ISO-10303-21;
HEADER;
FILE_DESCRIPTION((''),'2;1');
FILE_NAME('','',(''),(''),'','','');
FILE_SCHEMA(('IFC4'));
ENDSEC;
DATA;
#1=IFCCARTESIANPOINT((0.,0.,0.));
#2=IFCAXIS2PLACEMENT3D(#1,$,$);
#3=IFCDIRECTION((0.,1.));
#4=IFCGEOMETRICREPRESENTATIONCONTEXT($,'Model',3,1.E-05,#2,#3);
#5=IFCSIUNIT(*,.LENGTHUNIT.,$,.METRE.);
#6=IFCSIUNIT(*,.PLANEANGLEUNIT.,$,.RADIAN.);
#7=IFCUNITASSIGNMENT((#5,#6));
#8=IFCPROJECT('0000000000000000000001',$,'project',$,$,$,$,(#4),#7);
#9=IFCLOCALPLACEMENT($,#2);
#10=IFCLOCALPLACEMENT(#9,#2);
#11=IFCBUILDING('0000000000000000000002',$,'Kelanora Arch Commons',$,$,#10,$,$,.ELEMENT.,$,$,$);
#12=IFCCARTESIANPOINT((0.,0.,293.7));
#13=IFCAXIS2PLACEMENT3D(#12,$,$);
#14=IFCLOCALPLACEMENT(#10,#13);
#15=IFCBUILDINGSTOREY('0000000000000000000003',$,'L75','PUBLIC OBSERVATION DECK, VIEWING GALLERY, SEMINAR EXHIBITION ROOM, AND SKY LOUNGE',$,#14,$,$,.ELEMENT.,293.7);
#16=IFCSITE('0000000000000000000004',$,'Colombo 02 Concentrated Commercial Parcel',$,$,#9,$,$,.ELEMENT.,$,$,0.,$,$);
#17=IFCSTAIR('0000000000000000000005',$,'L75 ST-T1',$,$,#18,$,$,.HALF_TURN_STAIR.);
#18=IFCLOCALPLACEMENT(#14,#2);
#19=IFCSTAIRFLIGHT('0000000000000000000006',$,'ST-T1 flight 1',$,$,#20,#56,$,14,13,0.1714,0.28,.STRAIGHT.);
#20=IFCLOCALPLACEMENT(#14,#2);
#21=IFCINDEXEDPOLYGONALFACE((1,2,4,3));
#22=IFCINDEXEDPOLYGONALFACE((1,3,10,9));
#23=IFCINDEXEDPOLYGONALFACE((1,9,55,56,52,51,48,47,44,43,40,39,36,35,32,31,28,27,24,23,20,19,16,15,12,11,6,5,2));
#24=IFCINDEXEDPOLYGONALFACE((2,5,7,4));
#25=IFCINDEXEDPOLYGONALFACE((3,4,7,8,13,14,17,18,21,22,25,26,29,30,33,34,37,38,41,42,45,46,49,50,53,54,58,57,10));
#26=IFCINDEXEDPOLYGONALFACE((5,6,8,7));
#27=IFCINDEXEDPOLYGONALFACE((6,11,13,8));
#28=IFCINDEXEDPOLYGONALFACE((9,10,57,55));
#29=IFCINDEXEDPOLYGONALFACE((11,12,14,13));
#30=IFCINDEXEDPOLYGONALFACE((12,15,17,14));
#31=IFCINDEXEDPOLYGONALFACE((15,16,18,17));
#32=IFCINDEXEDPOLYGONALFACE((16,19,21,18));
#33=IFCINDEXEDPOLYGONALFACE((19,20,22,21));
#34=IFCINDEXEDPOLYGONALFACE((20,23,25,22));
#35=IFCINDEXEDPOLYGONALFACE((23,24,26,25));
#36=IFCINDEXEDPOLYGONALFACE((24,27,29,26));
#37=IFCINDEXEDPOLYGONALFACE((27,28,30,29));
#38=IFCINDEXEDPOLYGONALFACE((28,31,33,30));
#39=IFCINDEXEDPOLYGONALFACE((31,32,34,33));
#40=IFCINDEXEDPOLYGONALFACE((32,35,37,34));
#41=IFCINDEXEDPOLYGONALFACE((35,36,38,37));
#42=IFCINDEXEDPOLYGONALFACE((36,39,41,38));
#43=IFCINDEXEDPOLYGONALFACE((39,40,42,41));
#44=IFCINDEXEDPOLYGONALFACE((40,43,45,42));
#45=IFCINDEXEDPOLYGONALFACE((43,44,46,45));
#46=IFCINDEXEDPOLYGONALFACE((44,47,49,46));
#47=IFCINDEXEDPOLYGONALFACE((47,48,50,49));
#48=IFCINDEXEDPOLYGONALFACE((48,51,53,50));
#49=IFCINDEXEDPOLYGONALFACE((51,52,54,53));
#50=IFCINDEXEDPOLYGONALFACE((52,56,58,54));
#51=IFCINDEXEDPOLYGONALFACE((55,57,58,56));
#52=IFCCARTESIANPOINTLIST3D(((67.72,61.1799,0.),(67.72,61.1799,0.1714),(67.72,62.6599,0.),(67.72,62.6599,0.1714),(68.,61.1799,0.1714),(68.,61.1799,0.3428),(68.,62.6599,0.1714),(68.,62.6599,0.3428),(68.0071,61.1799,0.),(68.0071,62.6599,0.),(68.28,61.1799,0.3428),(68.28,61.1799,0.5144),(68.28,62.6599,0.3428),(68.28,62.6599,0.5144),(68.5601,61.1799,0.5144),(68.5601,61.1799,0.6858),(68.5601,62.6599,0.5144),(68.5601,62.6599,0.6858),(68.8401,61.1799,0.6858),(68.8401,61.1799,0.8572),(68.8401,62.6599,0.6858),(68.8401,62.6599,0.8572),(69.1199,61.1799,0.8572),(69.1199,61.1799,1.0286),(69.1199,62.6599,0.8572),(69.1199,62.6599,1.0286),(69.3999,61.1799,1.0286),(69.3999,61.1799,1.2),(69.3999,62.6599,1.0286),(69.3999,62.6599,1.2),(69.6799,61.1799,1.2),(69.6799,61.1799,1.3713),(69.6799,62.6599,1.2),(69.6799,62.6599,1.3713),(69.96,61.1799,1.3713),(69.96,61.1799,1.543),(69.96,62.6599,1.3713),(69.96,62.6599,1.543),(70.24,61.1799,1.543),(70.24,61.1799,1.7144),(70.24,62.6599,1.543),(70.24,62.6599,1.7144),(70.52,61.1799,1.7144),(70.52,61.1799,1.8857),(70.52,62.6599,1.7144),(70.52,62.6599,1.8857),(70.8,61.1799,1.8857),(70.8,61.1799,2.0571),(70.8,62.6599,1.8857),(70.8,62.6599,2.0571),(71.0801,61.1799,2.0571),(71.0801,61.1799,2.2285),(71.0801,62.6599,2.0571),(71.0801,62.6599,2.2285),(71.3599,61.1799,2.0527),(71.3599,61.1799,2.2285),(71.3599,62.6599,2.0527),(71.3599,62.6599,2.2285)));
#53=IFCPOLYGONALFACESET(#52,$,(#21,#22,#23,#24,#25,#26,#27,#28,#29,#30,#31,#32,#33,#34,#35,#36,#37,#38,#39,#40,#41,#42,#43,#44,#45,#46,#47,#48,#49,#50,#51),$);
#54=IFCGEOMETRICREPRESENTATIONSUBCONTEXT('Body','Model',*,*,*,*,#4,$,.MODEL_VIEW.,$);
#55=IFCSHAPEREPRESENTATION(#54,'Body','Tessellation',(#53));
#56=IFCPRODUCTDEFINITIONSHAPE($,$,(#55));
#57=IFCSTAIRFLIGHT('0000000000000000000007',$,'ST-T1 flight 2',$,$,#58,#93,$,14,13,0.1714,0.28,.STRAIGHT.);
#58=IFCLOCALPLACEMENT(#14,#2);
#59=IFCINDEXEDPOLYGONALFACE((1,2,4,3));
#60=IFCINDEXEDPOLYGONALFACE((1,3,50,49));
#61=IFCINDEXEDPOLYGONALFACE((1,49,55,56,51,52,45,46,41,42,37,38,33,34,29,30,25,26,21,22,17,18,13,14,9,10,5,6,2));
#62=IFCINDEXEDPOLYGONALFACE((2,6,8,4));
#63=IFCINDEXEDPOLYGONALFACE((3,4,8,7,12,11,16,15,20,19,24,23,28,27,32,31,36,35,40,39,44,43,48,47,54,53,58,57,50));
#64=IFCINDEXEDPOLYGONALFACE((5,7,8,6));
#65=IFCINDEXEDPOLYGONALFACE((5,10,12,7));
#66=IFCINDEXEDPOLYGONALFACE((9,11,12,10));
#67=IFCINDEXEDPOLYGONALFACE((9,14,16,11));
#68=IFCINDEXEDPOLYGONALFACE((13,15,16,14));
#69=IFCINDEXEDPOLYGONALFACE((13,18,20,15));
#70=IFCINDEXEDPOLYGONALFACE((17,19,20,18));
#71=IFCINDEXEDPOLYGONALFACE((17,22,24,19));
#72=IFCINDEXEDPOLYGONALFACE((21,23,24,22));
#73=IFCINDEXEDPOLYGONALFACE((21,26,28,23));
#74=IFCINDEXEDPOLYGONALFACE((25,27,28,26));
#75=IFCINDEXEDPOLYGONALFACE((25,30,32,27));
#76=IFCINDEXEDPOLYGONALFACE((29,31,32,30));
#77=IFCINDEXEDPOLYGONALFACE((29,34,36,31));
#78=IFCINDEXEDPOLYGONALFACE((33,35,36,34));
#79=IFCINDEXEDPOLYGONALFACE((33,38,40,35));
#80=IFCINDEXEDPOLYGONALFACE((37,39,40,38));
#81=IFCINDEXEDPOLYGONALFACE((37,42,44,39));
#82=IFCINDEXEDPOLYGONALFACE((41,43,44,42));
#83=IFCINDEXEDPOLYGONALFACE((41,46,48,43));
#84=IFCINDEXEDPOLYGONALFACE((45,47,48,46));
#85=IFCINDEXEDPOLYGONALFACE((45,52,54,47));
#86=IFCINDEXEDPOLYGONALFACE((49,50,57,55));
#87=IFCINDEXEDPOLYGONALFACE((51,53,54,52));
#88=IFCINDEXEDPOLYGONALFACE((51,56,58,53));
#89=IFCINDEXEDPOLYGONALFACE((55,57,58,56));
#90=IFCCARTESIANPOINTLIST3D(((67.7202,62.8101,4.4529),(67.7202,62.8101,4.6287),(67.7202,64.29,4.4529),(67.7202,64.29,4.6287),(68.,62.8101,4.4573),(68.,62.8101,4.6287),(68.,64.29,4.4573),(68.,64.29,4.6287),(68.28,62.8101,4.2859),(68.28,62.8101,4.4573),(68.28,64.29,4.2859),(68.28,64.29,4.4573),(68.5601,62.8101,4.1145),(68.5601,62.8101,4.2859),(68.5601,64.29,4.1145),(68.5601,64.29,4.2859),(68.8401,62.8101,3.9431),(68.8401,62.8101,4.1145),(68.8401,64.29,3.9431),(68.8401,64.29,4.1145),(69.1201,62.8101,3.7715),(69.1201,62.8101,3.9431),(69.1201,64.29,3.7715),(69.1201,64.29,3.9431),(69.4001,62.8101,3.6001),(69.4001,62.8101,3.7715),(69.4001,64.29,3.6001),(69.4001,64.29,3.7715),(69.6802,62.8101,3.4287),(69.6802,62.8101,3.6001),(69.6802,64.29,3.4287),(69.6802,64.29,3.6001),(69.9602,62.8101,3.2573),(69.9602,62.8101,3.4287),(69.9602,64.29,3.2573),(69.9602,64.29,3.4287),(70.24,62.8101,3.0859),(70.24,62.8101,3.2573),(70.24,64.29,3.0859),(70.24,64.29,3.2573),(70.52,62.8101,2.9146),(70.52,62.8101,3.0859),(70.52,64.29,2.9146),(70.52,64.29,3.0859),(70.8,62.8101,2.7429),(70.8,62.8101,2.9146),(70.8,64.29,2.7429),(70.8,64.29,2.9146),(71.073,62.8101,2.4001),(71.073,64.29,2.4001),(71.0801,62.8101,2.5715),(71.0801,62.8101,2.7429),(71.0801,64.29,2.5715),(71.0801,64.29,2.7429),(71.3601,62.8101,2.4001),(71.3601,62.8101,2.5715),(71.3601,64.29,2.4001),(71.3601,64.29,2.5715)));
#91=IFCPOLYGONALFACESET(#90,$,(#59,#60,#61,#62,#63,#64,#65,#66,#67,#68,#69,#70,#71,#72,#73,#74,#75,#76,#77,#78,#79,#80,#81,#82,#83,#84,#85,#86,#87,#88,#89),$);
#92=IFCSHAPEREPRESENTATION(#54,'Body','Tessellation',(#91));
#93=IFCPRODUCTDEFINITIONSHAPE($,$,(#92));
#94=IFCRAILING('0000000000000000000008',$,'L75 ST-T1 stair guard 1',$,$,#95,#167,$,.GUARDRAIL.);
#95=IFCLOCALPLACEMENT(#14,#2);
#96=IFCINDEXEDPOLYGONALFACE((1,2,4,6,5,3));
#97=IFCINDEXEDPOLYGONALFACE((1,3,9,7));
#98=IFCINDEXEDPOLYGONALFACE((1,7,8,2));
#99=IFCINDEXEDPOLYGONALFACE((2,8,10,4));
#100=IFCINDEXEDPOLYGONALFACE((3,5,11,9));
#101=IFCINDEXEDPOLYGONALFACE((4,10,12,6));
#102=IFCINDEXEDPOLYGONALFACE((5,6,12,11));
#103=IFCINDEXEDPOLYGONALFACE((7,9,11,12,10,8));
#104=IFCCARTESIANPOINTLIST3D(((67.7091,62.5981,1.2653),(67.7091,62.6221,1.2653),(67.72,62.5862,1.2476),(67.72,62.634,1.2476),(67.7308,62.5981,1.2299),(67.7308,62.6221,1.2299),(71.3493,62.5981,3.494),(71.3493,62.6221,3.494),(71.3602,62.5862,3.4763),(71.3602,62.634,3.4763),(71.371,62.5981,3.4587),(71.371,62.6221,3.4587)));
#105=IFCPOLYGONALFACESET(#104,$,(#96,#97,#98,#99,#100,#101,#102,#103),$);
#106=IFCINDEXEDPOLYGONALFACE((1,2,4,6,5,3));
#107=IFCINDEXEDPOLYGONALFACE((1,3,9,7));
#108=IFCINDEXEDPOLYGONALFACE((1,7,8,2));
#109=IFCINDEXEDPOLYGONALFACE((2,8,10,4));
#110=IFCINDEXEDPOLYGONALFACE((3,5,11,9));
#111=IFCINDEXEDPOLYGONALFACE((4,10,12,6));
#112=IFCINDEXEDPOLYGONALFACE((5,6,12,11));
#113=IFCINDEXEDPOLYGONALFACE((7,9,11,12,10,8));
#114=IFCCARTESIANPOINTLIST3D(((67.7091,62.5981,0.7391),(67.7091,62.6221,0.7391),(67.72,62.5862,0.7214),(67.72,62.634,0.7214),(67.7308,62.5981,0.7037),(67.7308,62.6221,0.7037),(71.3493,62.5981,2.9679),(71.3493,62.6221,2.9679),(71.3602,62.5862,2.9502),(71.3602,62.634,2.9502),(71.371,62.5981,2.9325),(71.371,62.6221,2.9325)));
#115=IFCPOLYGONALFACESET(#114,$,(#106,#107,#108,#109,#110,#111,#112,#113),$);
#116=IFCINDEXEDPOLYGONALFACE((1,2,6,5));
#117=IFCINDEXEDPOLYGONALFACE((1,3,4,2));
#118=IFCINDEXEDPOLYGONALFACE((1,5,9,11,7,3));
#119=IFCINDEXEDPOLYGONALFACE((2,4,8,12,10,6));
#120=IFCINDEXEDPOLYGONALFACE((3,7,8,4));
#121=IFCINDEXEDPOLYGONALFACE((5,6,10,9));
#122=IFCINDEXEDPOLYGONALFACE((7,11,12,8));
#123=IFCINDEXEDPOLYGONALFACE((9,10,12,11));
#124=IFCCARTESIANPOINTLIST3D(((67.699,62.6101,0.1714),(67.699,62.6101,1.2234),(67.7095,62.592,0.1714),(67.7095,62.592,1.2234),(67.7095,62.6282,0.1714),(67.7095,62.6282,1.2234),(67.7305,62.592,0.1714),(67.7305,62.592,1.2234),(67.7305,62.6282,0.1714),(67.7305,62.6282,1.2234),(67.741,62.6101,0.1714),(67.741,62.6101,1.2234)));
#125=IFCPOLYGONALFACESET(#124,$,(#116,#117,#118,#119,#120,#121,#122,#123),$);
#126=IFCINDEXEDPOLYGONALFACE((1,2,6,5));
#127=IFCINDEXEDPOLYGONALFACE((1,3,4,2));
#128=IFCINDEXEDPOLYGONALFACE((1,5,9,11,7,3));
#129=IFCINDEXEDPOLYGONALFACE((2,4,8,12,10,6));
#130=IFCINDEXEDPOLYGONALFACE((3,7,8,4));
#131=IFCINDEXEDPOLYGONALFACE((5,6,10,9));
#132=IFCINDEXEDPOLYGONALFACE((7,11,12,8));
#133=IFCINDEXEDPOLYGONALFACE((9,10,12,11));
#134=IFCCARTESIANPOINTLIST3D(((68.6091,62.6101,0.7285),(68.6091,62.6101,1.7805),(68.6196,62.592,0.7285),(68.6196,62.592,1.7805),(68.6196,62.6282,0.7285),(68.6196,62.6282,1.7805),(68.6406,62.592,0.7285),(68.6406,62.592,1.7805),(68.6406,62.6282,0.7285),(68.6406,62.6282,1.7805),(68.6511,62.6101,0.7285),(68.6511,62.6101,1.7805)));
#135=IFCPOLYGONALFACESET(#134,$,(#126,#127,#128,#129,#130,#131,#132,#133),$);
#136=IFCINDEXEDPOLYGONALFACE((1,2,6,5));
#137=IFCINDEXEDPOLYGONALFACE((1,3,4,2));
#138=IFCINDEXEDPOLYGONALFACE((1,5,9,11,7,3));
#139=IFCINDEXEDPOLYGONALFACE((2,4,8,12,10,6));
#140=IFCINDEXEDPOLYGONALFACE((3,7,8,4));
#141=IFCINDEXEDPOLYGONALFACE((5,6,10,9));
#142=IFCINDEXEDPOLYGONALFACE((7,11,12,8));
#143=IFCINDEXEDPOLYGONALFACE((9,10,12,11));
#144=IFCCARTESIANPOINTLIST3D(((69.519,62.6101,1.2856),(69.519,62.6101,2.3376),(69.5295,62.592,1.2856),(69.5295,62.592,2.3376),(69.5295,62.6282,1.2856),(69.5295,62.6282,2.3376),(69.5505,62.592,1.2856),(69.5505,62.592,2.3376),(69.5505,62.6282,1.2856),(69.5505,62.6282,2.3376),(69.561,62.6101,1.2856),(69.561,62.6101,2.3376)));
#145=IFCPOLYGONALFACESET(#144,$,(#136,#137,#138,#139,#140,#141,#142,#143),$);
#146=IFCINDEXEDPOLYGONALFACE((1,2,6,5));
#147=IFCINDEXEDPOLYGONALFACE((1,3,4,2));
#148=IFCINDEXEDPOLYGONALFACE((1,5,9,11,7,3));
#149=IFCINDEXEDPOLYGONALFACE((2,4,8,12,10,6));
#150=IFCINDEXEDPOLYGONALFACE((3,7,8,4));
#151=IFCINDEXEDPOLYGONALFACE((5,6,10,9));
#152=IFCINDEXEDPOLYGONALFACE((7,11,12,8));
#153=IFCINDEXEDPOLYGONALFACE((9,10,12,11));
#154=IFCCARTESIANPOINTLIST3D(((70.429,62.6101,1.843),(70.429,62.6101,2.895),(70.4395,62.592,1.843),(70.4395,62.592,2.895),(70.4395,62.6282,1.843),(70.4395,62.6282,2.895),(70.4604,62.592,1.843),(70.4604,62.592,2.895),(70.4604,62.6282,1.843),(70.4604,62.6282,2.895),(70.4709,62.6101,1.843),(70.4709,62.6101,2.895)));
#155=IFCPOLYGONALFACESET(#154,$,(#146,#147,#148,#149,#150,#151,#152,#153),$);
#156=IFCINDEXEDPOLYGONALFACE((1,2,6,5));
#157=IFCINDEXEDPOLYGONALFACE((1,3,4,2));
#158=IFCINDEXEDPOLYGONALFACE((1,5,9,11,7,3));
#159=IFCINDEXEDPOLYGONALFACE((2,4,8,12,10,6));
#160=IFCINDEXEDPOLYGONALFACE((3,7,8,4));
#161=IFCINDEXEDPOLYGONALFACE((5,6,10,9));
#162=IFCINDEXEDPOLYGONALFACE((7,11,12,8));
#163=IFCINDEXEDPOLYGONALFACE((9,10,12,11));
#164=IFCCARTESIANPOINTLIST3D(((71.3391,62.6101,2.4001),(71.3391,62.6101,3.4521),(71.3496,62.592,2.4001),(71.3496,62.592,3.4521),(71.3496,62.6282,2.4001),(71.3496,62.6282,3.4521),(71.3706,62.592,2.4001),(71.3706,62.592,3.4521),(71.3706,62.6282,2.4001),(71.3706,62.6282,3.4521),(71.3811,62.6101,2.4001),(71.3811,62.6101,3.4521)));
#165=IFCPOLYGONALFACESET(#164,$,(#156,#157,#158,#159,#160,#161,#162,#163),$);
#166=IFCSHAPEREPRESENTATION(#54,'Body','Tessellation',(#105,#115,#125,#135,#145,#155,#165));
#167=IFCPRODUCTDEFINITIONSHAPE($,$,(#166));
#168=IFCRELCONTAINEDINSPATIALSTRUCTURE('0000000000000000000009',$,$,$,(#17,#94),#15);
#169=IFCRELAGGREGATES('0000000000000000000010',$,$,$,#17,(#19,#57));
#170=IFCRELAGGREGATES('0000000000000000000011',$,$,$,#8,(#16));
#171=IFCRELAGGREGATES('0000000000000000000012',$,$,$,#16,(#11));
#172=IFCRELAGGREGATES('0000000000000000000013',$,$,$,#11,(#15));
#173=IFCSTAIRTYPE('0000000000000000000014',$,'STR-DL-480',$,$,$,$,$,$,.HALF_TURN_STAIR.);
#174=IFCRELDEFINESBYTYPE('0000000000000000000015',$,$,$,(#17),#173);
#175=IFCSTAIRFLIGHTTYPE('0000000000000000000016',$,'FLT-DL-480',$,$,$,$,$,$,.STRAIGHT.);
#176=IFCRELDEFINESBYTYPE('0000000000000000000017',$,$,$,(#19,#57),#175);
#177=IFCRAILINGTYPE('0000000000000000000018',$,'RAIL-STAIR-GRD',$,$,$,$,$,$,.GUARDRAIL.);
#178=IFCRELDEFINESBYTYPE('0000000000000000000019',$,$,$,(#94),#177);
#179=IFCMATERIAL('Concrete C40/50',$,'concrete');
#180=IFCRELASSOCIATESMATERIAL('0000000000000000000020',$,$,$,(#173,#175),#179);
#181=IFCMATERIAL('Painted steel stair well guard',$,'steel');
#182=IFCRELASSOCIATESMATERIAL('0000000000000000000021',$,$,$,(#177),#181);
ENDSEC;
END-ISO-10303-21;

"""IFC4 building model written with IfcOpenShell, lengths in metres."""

from ifc_helpers import new_model, si_unit, direction, frame, origin, place, context, subcontext, project, spatial, polyline, outline, extrude, material, type_object, element, aggregate, save


model = new_model("IFC4")

# Units and contexts
model_context = context("Model", 3, precision=1e-05, world=origin(), true_north=direction((0.0, 1.0)))
body_context = subcontext(model_context, "Body", "Model", "MODEL_VIEW")
ifc_project = project(units=[si_unit("LENGTHUNIT", "METRE"), si_unit("PLANEANGLEUNIT", "RADIAN")], contexts=[model_context])

# Site, building, storey
site_placement = place(None, origin())
site = spatial("IfcSite", under=ifc_project, at=site_placement, Name="Colombo 02 Concentrated Commercial Parcel", CompositionType="ELEMENT", RefElevation=0.0)
building_placement = place(site_placement, origin())
building = spatial("IfcBuilding", under=site, at=building_placement, Name="Kelanora Arch Commons", CompositionType="ELEMENT")
storey_placement = place(building_placement, frame((0.0, 0.0, 293.7)))
storey = spatial("IfcBuildingStorey", under=building, at=storey_placement, Name="L75", Description="PUBLIC OBSERVATION DECK, VIEWING GALLERY, SEMINAR EXHIBITION ROOM, AND SKY LOUNGE", CompositionType="ELEMENT", Elevation=293.7)

# Shared definitions
ifc_material_1 = material(Name="Concrete C40/50", Category="concrete")

# Stair, stair flights
stair_type = type_object("IfcStairType", Name="STR-DL-480", PredefinedType="HALF_TURN_STAIR", material=ifc_material_1)
stair_placement = place(storey_placement, origin())
stair = element("IfcStair", 1, at=stair_placement, inside=storey, type_object=stair_type, Name="L75 ST-T1", PredefinedType="HALF_TURN_STAIR")
stair_flight_type = type_object("IfcStairFlightType", Name="FLT-DL-480", PredefinedType="STRAIGHT", material=ifc_material_1)
stair_flight_1_placement = place(storey_placement, frame((67.72, 61.9199, 0.0), z_axis=(0.0, 0.0, 1.0), x_axis=(1.0, 0.0, 0.0)))
stair_flight_1 = element("IfcStairFlight", 2, at=stair_flight_1_placement, type_object=stair_flight_type, Name="ST-T1 flight 1", NumberOfRisers=14, NumberOfTreads=13, PredefinedType="STRAIGHT", RiserHeight=0.1714, TreadLength=0.28, context=body_context, shape_type="SweptSolid", body=[
    extrude(outline(polyline([(0.0, 0.0), (0.0, 0.1714), (0.28, 0.1714), (0.28, 0.3428), (0.5601, 0.3428), (0.5601, 0.5144), (0.8401, 0.5144), (0.8401, 0.6858), (1.1201, 0.6858), (1.1201, 0.8572), (1.3999, 0.8572), (1.3999, 1.0286), (1.6799, 1.0286), (1.6799, 1.2), (1.96, 1.2), (1.96, 1.3713), (2.24, 1.3713), (2.24, 1.543), (2.52, 1.543), (2.52, 1.7144), (2.8, 1.7144), (2.8, 1.8857), (3.0801, 1.8857), (3.0801, 2.0571), (3.3601, 2.0571), (3.3601, 2.2285), (3.6399, 2.2285), (3.6399, 2.3999), (3.6399, 2.0527), (0.2871, 0.0), (0.0, 0.0)])), frame((0.0, 0.74, 0.0), z_axis=(0.0, -1.0, 0.0), x_axis=(1.0, 0.0, 0.0)), (0.0, 0.0, 1.0), 1.48),
])
stair_flight_2_placement = place(storey_placement, frame((71.3601, 63.55, 2.4001), z_axis=(0.0, 0.0, 1.0), x_axis=(-1.0, 0.0, 0.0)))
stair_flight_2 = element("IfcStairFlight", 3, at=stair_flight_2_placement, type_object=stair_flight_type, Name="ST-T1 flight 2", NumberOfRisers=14, NumberOfTreads=13, PredefinedType="STRAIGHT", RiserHeight=0.1714, TreadLength=0.28, context=body_context, shape_type="SweptSolid", body=[
    extrude(outline(polyline([(0.0, 0.0), (0.0, 0.1714), (0.28, 0.1714), (0.28, 0.3428), (0.5601, 0.3428), (0.5601, 0.5144), (0.8401, 0.5144), (0.8401, 0.6858), (1.1201, 0.6858), (1.1201, 0.8572), (1.3999, 0.8572), (1.3999, 1.0286), (1.6799, 1.0286), (1.6799, 1.2), (1.96, 1.2), (1.96, 1.3713), (2.24, 1.3713), (2.24, 1.543), (2.52, 1.543), (2.52, 1.7144), (2.8, 1.7144), (2.8, 1.8857), (3.0801, 1.8857), (3.0801, 2.0571), (3.3601, 2.0571), (3.3601, 2.2285), (3.6399, 2.2285), (3.6399, 2.3999), (3.6399, 2.0527), (0.2871, 0.0), (0.0, 0.0)])), frame((0.0, 0.74, 0.0), z_axis=(0.0, -1.0, 0.0), x_axis=(1.0, 0.0, 0.0)), (0.0, 0.0, 1.0), 1.48),
])
aggregate(stair, [stair_flight_1, stair_flight_2])

# Railing
ifc_material_2 = material(Name="Painted steel stair well guard", Category="steel")
railing_type_1 = type_object("IfcRailingType", Name="RAIL-STAIR-GRD", PredefinedType="GUARDRAIL", material=ifc_material_2)
railing_1_placement = place(storey_placement, frame((67.72, 62.6101, 0.1714)))
element("IfcRailing", 4, at=railing_1_placement, inside=storey, type_object=railing_type_1, Name="L75 ST-T1 stair guard 1", PredefinedType="GUARDRAIL", context=body_context, shape_type="SweptSolid", body=[
    extrude(outline(polyline([(0.0239, 0.0), (0.012, 0.0208), (-0.012, 0.0208), (-0.0239, 0.0), (-0.012, -0.0208), (0.012, -0.0208), (0.0239, 0.0)])), frame((0.0, 0.0, 1.0762), z_axis=(0.85284, 0.0, 0.522172), x_axis=(0.0, 1.0, 0.0)), (0.0, 0.0, 1.0), 4.2683),
    extrude(outline(polyline([(0.0239, 0.0), (0.012, 0.0208), (-0.012, 0.0208), (-0.0239, 0.0), (-0.012, -0.0208), (0.012, -0.0208), (0.0239, 0.0)])), frame((0.0, 0.0, 0.55), z_axis=(0.85284, 0.0, 0.522172), x_axis=(0.0, 1.0, 0.0)), (0.0, 0.0, 1.0), 4.2683),
    extrude(outline(polyline([(0.021, 0.0), (0.0105, 0.0181), (-0.0105, 0.0181), (-0.021, 0.0), (-0.0105, -0.0181), (0.0105, -0.0181), (0.021, 0.0)])), origin(), (0.0, 0.0, 1.0), 1.052),
    extrude(outline(polyline([(0.021, 0.0), (0.0105, 0.0181), (-0.0105, 0.0181), (-0.021, 0.0), (-0.0105, -0.0181), (0.0105, -0.0181), (0.021, 0.0)])), frame((0.9102, 0.0, 0.5571)), (0.0, 0.0, 1.0), 1.052),
    extrude(outline(polyline([(0.021, 0.0), (0.0105, 0.0181), (-0.0105, 0.0181), (-0.021, 0.0), (-0.0105, -0.0181), (0.0105, -0.0181), (0.021, 0.0)])), frame((1.8201, 0.0, 1.1143)), (0.0, 0.0, 1.0), 1.052),
    extrude(outline(polyline([(0.021, 0.0), (0.0105, 0.0181), (-0.0105, 0.0181), (-0.021, 0.0), (-0.0105, -0.0181), (0.0105, -0.0181), (0.021, 0.0)])), frame((2.73, 0.0, 1.6716)), (0.0, 0.0, 1.0), 1.052),
    extrude(outline(polyline([(0.021, 0.0), (0.0105, 0.0181), (-0.0105, 0.0181), (-0.021, 0.0), (-0.0105, -0.0181), (0.0105, -0.0181), (0.021, 0.0)])), frame((3.6401, 0.0, 2.2288)), (0.0, 0.0, 1.0), 1.052),
])

save(model, "model.ifc")
